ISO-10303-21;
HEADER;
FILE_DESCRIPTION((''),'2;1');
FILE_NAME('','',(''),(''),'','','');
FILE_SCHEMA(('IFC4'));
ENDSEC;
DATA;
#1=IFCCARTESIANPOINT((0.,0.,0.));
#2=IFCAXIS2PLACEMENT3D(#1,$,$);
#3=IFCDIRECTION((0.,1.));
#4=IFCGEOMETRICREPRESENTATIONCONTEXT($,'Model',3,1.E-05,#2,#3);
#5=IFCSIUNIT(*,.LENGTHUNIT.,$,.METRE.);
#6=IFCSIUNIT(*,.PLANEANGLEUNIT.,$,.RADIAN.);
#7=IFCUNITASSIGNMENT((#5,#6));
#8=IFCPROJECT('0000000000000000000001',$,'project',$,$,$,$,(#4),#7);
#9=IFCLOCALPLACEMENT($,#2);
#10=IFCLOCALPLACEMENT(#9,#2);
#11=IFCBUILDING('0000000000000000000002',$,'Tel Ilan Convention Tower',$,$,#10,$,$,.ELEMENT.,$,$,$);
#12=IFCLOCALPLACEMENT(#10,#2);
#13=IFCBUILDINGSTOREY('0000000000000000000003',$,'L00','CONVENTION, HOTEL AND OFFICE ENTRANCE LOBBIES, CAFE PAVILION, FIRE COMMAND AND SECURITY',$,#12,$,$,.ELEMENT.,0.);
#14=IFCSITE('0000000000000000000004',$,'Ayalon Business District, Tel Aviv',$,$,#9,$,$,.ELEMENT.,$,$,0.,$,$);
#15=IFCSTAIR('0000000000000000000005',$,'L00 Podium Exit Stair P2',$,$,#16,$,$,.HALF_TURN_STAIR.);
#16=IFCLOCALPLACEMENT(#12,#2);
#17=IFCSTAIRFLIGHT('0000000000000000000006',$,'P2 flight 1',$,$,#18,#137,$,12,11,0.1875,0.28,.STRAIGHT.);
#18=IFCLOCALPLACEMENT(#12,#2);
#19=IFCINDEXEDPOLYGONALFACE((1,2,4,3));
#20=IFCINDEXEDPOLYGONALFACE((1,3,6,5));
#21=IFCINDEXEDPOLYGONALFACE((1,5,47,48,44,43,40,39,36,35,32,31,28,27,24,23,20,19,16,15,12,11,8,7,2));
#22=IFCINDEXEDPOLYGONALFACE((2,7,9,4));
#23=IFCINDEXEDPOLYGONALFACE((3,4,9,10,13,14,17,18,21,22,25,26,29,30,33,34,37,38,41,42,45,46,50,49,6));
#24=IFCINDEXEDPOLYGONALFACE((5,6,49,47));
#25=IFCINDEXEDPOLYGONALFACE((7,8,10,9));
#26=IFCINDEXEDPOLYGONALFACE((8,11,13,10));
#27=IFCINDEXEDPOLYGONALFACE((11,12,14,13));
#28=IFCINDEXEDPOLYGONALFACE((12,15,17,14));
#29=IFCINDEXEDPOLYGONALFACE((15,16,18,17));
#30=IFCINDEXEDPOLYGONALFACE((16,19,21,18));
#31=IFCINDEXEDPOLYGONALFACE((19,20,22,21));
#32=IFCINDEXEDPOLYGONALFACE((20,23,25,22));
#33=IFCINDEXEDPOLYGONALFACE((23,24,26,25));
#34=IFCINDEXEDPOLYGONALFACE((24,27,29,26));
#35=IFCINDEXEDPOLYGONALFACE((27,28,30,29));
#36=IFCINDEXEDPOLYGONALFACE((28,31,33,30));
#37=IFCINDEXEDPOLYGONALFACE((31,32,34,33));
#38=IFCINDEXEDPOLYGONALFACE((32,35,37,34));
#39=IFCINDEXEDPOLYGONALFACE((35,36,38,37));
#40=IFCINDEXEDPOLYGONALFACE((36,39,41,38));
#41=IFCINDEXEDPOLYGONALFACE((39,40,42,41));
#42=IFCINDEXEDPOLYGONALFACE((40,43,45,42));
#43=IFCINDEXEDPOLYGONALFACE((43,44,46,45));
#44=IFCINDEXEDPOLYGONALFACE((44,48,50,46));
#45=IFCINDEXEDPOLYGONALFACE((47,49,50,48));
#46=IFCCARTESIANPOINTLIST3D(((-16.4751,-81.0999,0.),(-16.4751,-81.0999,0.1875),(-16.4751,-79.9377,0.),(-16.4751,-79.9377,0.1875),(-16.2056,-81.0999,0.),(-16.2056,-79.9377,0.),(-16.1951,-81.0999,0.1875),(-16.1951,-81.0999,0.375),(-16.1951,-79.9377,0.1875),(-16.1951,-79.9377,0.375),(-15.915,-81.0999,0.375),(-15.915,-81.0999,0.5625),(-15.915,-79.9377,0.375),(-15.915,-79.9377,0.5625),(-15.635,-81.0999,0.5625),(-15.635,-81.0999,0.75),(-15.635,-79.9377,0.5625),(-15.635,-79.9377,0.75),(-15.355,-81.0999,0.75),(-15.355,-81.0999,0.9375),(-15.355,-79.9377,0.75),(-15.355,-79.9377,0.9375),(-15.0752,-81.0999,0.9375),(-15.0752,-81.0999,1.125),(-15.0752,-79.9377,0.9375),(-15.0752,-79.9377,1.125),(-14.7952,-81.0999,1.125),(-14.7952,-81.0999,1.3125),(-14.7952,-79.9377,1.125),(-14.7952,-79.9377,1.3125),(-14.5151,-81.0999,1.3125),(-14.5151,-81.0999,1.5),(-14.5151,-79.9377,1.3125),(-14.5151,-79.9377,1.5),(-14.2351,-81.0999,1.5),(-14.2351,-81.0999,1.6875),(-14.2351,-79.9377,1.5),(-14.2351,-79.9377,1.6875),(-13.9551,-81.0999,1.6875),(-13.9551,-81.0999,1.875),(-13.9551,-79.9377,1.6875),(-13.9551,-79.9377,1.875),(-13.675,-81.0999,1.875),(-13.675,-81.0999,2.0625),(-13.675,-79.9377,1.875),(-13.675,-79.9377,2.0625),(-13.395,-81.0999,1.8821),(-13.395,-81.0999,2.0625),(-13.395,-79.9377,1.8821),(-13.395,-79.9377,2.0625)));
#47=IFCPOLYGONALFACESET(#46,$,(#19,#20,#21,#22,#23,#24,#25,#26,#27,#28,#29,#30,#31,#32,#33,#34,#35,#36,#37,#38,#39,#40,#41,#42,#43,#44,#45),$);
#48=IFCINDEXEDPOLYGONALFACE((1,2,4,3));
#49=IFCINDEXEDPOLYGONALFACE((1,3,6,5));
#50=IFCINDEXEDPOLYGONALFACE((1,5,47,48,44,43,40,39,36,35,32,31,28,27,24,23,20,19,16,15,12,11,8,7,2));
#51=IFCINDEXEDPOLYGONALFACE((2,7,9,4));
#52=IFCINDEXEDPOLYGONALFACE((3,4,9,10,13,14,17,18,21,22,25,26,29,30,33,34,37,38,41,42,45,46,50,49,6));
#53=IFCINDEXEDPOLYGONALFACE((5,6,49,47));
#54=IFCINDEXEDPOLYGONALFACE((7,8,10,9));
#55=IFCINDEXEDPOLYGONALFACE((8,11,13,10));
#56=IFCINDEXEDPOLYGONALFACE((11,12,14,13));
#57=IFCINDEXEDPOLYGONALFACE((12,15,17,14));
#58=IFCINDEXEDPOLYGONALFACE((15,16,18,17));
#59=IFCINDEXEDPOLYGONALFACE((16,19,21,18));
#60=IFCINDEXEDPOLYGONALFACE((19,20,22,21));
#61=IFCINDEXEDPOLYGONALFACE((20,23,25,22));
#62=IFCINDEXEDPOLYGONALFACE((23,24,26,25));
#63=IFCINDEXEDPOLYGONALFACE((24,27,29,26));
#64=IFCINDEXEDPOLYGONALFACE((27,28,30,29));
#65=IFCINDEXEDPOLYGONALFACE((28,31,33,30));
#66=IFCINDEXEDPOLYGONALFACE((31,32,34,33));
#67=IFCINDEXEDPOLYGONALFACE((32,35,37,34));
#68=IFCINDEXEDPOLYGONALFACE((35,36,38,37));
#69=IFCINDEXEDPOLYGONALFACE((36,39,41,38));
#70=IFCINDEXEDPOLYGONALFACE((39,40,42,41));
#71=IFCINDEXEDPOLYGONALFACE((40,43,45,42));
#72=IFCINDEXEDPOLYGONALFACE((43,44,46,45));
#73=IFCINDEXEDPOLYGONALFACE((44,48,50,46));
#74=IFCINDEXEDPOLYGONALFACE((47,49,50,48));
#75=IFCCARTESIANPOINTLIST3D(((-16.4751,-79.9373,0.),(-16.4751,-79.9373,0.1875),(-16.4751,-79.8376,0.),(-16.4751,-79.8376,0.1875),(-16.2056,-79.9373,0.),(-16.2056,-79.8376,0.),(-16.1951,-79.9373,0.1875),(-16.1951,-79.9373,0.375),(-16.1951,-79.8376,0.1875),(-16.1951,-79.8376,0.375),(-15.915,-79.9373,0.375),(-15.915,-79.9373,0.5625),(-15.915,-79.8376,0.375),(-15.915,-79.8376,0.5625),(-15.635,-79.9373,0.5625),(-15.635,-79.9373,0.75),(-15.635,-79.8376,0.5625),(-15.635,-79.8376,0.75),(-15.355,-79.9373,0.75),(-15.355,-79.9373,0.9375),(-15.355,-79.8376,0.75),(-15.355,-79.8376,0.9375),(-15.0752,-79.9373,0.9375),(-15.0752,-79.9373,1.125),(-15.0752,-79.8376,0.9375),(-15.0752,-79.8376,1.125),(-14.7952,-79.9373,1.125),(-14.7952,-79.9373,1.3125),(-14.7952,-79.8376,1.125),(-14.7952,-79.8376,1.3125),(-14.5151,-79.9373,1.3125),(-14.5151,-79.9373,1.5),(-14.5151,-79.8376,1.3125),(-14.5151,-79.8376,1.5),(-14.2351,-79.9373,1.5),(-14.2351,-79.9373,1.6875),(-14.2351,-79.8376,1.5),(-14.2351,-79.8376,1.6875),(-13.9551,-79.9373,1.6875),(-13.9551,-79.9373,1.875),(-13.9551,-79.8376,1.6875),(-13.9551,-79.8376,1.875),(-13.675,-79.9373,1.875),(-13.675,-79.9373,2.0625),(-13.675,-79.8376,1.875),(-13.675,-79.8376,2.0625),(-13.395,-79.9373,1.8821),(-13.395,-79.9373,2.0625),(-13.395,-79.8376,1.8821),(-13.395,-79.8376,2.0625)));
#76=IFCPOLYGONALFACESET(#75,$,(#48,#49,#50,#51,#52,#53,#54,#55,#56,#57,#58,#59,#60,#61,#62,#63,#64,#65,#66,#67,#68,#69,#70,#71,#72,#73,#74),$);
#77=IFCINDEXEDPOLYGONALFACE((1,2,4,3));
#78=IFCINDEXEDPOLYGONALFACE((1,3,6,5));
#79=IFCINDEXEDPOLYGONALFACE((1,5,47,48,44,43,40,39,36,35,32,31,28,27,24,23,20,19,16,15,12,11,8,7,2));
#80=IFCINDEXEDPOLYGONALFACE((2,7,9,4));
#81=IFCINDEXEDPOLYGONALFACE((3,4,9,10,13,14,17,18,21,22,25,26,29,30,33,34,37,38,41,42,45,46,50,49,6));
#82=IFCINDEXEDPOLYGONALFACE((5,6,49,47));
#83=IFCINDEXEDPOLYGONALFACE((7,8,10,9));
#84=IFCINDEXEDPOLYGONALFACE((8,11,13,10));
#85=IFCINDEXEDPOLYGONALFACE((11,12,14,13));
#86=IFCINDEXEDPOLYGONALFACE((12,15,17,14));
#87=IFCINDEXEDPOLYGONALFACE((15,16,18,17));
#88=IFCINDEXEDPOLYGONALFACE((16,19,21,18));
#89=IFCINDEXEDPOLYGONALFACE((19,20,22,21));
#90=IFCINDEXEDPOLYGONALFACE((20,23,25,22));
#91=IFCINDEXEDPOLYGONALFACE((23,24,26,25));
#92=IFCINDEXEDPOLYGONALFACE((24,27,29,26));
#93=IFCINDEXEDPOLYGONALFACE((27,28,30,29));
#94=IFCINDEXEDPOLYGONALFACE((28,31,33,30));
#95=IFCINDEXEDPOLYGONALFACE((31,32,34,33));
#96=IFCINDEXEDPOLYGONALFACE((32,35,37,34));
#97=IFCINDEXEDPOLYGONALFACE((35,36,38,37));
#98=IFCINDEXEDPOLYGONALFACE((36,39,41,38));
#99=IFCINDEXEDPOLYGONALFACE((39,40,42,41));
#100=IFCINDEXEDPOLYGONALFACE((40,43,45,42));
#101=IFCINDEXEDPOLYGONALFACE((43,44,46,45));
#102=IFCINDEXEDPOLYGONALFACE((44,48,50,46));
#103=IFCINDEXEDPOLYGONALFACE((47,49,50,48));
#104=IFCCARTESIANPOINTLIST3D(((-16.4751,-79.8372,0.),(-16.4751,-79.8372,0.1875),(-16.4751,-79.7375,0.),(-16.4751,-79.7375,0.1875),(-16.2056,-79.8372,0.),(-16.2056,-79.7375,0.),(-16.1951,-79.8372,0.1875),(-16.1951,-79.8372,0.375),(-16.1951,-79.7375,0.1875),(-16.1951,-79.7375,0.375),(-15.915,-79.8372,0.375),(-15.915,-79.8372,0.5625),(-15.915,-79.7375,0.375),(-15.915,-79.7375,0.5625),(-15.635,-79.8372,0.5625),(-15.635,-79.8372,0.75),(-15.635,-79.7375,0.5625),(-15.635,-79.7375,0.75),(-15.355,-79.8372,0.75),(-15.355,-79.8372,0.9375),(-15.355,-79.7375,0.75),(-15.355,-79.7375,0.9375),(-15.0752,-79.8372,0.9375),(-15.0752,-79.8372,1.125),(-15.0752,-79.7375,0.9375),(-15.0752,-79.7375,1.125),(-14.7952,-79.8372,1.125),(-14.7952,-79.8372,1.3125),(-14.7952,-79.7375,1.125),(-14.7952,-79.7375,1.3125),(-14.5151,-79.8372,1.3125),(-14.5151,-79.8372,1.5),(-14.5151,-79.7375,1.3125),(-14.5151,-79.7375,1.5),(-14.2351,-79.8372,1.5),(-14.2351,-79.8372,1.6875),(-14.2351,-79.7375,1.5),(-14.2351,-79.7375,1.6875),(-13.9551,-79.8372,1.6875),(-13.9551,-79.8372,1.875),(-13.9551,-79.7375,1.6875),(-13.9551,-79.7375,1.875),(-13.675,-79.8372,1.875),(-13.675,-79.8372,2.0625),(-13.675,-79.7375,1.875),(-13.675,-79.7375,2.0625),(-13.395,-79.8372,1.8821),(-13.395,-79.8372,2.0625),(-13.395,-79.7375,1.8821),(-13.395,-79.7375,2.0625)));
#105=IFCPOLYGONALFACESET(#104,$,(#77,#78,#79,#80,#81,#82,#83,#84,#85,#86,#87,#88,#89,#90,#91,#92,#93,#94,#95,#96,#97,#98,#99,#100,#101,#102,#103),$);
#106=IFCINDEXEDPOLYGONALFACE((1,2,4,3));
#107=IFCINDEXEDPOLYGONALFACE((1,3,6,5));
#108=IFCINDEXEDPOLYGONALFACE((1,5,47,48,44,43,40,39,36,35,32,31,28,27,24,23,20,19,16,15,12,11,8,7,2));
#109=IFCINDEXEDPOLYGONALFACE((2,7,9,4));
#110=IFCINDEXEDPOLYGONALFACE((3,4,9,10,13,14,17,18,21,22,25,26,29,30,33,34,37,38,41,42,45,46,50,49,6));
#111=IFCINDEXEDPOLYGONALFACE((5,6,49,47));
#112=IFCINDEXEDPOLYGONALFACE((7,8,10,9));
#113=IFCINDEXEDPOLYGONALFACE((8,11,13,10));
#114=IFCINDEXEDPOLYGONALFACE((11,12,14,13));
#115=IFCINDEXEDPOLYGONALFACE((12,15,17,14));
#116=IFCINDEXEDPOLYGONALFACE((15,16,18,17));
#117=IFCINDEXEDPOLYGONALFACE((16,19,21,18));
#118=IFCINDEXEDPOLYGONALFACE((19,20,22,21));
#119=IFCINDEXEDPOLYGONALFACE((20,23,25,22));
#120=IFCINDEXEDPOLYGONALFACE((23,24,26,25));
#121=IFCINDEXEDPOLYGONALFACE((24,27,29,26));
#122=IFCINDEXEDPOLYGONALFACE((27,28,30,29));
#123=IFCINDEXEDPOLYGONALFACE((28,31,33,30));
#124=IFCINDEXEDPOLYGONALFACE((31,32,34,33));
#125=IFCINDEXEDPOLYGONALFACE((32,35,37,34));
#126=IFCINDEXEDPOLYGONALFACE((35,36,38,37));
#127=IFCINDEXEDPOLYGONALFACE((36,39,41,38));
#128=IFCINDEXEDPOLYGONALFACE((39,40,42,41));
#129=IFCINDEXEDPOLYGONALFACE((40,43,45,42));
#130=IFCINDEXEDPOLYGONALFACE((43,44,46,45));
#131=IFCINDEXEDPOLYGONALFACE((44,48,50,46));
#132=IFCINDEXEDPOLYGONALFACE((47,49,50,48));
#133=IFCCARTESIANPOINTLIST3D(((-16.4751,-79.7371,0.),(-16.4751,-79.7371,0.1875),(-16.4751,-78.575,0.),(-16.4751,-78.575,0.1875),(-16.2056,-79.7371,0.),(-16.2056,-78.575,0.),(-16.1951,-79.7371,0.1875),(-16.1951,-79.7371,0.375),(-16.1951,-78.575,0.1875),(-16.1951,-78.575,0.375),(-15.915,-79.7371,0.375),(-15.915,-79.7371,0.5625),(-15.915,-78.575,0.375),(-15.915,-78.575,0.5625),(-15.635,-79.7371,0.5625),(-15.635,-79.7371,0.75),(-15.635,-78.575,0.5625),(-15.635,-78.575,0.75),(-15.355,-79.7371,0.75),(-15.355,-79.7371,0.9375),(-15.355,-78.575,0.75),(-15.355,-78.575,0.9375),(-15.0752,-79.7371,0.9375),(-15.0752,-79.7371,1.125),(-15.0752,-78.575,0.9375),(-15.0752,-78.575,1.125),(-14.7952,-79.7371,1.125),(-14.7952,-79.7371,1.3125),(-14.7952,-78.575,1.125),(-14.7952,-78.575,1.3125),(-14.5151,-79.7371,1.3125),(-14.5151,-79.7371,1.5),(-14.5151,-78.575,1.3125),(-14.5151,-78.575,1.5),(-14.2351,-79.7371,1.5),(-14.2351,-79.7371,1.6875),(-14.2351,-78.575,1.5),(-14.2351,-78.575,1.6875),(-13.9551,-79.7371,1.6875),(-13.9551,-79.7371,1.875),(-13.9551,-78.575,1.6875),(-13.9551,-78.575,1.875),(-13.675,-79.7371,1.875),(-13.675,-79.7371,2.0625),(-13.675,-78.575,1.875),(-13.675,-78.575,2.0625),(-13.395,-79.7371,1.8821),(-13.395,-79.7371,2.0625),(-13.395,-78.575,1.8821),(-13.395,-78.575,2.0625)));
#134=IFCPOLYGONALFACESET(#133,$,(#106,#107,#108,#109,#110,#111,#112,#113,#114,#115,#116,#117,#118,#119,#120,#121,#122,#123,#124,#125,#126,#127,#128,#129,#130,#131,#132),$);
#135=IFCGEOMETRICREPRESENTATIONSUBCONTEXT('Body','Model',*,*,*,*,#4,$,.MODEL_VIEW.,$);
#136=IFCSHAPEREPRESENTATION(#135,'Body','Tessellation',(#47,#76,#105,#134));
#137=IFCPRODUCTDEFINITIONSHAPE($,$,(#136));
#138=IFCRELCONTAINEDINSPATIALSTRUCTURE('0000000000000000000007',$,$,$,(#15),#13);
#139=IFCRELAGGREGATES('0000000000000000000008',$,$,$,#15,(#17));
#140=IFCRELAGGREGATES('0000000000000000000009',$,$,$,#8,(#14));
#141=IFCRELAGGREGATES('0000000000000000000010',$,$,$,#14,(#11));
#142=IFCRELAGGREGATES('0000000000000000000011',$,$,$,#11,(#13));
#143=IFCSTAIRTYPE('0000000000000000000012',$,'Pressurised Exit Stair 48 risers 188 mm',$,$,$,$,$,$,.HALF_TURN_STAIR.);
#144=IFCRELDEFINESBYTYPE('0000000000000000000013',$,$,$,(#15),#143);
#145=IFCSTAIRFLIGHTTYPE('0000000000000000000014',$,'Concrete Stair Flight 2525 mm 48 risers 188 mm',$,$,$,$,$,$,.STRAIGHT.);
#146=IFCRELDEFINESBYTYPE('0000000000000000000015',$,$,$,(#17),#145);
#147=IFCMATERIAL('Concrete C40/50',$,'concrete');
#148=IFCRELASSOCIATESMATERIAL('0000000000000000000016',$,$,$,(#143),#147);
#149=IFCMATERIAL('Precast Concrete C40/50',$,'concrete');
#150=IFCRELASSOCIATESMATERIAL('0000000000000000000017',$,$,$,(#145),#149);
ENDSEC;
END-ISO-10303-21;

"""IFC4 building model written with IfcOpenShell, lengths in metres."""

from ifc_helpers import new_model, si_unit, direction, frame, origin, place, context, subcontext, project, spatial, polyline, outline, extrude, material, type_object, element, aggregate, save


model = new_model("IFC4")

# Units and contexts
model_context = context("Model", 3, precision=1e-05, world=origin(), true_north=direction((0.0, 1.0)))
body_context = subcontext(model_context, "Body", "Model", "MODEL_VIEW")
ifc_project = project(units=[si_unit("LENGTHUNIT", "METRE"), si_unit("PLANEANGLEUNIT", "RADIAN")], contexts=[model_context])

# Site, building, storey
site_placement = place(None, origin())
site = spatial("IfcSite", under=ifc_project, at=site_placement, Name="Ayalon Business District, Tel Aviv", CompositionType="ELEMENT", RefElevation=0.0)
building_placement = place(site_placement, origin())
building = spatial("IfcBuilding", under=site, at=building_placement, Name="Tel Ilan Convention Tower", CompositionType="ELEMENT")
storey_placement = place(building_placement, origin())
storey = spatial("IfcBuildingStorey", under=building, at=storey_placement, Name="L00", Description="CONVENTION, HOTEL AND OFFICE ENTRANCE LOBBIES, CAFE PAVILION, FIRE COMMAND AND SECURITY", CompositionType="ELEMENT", Elevation=0.0)

# Stair, stair flight
ifc_material_1 = material(Name="Concrete C40/50", Category="concrete")
stair_type = type_object("IfcStairType", Name="Pressurised Exit Stair 48 risers 188 mm", PredefinedType="HALF_TURN_STAIR", material=ifc_material_1)
stair_placement = place(storey_placement, origin())
stair = element("IfcStair", 1, at=stair_placement, inside=storey, type_object=stair_type, Name="L00 Podium Exit Stair P2", PredefinedType="HALF_TURN_STAIR")
ifc_material_2 = material(Name="Precast Concrete C40/50", Category="concrete")
stair_flight_type = type_object("IfcStairFlightType", Name="Concrete Stair Flight 2525 mm 48 risers 188 mm", PredefinedType="STRAIGHT", material=ifc_material_2)
stair_flight_1_placement = place(storey_placement, frame((-16.4751, -79.8374, 0.0), z_axis=(0.0, 0.0, 1.0), x_axis=(1.0, 0.0, 0.0)))
stair_flight_1 = element("IfcStairFlight", 2, at=stair_flight_1_placement, type_object=stair_flight_type, Name="P2 flight 1", NumberOfRisers=12, NumberOfTreads=11, PredefinedType="STRAIGHT", RiserHeight=0.1875, TreadLength=0.28, context=body_context, shape_type="SweptSolid", body=[
    extrude(outline(polyline([(0.0, 0.0), (0.0, 0.1875), (0.28, 0.1875), (0.28, 0.375), (0.5601, 0.375), (0.5601, 0.5625), (0.8401, 0.5625), (0.8401, 0.75), (1.1201, 0.75), (1.1201, 0.9375), (1.3999, 0.9375), (1.3999, 1.125), (1.6799, 1.125), (1.6799, 1.3125), (1.96, 1.3125), (1.96, 1.5), (2.24, 1.5), (2.24, 1.6875), (2.52, 1.6875), (2.52, 1.875), (2.8, 1.875), (2.8, 2.0625), (3.0801, 2.0625), (3.0801, 2.25), (3.0801, 1.8821), (0.2695, 0.0), (0.0, 0.0)])), frame((0.0, -0.1003, 0.0), z_axis=(0.0, -1.0, 0.0), x_axis=(1.0, 0.0, 0.0)), (0.0, 0.0, 1.0), 1.1621),
    extrude(outline(polyline([(0.0, 0.0), (0.0, 0.1875), (0.28, 0.1875), (0.28, 0.375), (0.5601, 0.375), (0.5601, 0.5625), (0.8401, 0.5625), (0.8401, 0.75), (1.1201, 0.75), (1.1201, 0.9375), (1.3999, 0.9375), (1.3999, 1.125), (1.6799, 1.125), (1.6799, 1.3125), (1.96, 1.3125), (1.96, 1.5), (2.24, 1.5), (2.24, 1.6875), (2.52, 1.6875), (2.52, 1.875), (2.8, 1.875), (2.8, 2.0625), (3.0801, 2.0625), (3.0801, 2.25), (3.0801, 1.8821), (0.2695, 0.0), (0.0, 0.0)])), frame((0.0, -0.0002, 0.0), z_axis=(0.0, -1.0, 0.0), x_axis=(1.0, 0.0, 0.0)), (0.0, 0.0, 1.0), 0.0996),
    extrude(outline(polyline([(0.0, 0.0), (0.0, 0.1875), (0.28, 0.1875), (0.28, 0.375), (0.5601, 0.375), (0.5601, 0.5625), (0.8401, 0.5625), (0.8401, 0.75), (1.1201, 0.75), (1.1201, 0.9375), (1.3999, 0.9375), (1.3999, 1.125), (1.6799, 1.125), (1.6799, 1.3125), (1.96, 1.3125), (1.96, 1.5), (2.24, 1.5), (2.24, 1.6875), (2.52, 1.6875), (2.52, 1.875), (2.8, 1.875), (2.8, 2.0625), (3.0801, 2.0625), (3.0801, 2.25), (3.0801, 1.8821), (0.2695, 0.0), (0.0, 0.0)])), frame((0.0, 0.0999, 0.0), z_axis=(0.0, -1.0, 0.0), x_axis=(1.0, 0.0, 0.0)), (0.0, 0.0, 1.0), 0.0996),
    extrude(outline(polyline([(0.0, 0.0), (0.0, 0.1875), (0.28, 0.1875), (0.28, 0.375), (0.5601, 0.375), (0.5601, 0.5625), (0.8401, 0.5625), (0.8401, 0.75), (1.1201, 0.75), (1.1201, 0.9375), (1.3999, 0.9375), (1.3999, 1.125), (1.6799, 1.125), (1.6799, 1.3125), (1.96, 1.3125), (1.96, 1.5), (2.24, 1.5), (2.24, 1.6875), (2.52, 1.6875), (2.52, 1.875), (2.8, 1.875), (2.8, 2.0625), (3.0801, 2.0625), (3.0801, 2.25), (3.0801, 1.8821), (0.2695, 0.0), (0.0, 0.0)])), frame((0.0, 1.2625, 0.0), z_axis=(0.0, -1.0, 0.0), x_axis=(1.0, 0.0, 0.0)), (0.0, 0.0, 1.0), 1.1621),
])
aggregate(stair, [stair_flight_1])

save(model, "model.ifc")
